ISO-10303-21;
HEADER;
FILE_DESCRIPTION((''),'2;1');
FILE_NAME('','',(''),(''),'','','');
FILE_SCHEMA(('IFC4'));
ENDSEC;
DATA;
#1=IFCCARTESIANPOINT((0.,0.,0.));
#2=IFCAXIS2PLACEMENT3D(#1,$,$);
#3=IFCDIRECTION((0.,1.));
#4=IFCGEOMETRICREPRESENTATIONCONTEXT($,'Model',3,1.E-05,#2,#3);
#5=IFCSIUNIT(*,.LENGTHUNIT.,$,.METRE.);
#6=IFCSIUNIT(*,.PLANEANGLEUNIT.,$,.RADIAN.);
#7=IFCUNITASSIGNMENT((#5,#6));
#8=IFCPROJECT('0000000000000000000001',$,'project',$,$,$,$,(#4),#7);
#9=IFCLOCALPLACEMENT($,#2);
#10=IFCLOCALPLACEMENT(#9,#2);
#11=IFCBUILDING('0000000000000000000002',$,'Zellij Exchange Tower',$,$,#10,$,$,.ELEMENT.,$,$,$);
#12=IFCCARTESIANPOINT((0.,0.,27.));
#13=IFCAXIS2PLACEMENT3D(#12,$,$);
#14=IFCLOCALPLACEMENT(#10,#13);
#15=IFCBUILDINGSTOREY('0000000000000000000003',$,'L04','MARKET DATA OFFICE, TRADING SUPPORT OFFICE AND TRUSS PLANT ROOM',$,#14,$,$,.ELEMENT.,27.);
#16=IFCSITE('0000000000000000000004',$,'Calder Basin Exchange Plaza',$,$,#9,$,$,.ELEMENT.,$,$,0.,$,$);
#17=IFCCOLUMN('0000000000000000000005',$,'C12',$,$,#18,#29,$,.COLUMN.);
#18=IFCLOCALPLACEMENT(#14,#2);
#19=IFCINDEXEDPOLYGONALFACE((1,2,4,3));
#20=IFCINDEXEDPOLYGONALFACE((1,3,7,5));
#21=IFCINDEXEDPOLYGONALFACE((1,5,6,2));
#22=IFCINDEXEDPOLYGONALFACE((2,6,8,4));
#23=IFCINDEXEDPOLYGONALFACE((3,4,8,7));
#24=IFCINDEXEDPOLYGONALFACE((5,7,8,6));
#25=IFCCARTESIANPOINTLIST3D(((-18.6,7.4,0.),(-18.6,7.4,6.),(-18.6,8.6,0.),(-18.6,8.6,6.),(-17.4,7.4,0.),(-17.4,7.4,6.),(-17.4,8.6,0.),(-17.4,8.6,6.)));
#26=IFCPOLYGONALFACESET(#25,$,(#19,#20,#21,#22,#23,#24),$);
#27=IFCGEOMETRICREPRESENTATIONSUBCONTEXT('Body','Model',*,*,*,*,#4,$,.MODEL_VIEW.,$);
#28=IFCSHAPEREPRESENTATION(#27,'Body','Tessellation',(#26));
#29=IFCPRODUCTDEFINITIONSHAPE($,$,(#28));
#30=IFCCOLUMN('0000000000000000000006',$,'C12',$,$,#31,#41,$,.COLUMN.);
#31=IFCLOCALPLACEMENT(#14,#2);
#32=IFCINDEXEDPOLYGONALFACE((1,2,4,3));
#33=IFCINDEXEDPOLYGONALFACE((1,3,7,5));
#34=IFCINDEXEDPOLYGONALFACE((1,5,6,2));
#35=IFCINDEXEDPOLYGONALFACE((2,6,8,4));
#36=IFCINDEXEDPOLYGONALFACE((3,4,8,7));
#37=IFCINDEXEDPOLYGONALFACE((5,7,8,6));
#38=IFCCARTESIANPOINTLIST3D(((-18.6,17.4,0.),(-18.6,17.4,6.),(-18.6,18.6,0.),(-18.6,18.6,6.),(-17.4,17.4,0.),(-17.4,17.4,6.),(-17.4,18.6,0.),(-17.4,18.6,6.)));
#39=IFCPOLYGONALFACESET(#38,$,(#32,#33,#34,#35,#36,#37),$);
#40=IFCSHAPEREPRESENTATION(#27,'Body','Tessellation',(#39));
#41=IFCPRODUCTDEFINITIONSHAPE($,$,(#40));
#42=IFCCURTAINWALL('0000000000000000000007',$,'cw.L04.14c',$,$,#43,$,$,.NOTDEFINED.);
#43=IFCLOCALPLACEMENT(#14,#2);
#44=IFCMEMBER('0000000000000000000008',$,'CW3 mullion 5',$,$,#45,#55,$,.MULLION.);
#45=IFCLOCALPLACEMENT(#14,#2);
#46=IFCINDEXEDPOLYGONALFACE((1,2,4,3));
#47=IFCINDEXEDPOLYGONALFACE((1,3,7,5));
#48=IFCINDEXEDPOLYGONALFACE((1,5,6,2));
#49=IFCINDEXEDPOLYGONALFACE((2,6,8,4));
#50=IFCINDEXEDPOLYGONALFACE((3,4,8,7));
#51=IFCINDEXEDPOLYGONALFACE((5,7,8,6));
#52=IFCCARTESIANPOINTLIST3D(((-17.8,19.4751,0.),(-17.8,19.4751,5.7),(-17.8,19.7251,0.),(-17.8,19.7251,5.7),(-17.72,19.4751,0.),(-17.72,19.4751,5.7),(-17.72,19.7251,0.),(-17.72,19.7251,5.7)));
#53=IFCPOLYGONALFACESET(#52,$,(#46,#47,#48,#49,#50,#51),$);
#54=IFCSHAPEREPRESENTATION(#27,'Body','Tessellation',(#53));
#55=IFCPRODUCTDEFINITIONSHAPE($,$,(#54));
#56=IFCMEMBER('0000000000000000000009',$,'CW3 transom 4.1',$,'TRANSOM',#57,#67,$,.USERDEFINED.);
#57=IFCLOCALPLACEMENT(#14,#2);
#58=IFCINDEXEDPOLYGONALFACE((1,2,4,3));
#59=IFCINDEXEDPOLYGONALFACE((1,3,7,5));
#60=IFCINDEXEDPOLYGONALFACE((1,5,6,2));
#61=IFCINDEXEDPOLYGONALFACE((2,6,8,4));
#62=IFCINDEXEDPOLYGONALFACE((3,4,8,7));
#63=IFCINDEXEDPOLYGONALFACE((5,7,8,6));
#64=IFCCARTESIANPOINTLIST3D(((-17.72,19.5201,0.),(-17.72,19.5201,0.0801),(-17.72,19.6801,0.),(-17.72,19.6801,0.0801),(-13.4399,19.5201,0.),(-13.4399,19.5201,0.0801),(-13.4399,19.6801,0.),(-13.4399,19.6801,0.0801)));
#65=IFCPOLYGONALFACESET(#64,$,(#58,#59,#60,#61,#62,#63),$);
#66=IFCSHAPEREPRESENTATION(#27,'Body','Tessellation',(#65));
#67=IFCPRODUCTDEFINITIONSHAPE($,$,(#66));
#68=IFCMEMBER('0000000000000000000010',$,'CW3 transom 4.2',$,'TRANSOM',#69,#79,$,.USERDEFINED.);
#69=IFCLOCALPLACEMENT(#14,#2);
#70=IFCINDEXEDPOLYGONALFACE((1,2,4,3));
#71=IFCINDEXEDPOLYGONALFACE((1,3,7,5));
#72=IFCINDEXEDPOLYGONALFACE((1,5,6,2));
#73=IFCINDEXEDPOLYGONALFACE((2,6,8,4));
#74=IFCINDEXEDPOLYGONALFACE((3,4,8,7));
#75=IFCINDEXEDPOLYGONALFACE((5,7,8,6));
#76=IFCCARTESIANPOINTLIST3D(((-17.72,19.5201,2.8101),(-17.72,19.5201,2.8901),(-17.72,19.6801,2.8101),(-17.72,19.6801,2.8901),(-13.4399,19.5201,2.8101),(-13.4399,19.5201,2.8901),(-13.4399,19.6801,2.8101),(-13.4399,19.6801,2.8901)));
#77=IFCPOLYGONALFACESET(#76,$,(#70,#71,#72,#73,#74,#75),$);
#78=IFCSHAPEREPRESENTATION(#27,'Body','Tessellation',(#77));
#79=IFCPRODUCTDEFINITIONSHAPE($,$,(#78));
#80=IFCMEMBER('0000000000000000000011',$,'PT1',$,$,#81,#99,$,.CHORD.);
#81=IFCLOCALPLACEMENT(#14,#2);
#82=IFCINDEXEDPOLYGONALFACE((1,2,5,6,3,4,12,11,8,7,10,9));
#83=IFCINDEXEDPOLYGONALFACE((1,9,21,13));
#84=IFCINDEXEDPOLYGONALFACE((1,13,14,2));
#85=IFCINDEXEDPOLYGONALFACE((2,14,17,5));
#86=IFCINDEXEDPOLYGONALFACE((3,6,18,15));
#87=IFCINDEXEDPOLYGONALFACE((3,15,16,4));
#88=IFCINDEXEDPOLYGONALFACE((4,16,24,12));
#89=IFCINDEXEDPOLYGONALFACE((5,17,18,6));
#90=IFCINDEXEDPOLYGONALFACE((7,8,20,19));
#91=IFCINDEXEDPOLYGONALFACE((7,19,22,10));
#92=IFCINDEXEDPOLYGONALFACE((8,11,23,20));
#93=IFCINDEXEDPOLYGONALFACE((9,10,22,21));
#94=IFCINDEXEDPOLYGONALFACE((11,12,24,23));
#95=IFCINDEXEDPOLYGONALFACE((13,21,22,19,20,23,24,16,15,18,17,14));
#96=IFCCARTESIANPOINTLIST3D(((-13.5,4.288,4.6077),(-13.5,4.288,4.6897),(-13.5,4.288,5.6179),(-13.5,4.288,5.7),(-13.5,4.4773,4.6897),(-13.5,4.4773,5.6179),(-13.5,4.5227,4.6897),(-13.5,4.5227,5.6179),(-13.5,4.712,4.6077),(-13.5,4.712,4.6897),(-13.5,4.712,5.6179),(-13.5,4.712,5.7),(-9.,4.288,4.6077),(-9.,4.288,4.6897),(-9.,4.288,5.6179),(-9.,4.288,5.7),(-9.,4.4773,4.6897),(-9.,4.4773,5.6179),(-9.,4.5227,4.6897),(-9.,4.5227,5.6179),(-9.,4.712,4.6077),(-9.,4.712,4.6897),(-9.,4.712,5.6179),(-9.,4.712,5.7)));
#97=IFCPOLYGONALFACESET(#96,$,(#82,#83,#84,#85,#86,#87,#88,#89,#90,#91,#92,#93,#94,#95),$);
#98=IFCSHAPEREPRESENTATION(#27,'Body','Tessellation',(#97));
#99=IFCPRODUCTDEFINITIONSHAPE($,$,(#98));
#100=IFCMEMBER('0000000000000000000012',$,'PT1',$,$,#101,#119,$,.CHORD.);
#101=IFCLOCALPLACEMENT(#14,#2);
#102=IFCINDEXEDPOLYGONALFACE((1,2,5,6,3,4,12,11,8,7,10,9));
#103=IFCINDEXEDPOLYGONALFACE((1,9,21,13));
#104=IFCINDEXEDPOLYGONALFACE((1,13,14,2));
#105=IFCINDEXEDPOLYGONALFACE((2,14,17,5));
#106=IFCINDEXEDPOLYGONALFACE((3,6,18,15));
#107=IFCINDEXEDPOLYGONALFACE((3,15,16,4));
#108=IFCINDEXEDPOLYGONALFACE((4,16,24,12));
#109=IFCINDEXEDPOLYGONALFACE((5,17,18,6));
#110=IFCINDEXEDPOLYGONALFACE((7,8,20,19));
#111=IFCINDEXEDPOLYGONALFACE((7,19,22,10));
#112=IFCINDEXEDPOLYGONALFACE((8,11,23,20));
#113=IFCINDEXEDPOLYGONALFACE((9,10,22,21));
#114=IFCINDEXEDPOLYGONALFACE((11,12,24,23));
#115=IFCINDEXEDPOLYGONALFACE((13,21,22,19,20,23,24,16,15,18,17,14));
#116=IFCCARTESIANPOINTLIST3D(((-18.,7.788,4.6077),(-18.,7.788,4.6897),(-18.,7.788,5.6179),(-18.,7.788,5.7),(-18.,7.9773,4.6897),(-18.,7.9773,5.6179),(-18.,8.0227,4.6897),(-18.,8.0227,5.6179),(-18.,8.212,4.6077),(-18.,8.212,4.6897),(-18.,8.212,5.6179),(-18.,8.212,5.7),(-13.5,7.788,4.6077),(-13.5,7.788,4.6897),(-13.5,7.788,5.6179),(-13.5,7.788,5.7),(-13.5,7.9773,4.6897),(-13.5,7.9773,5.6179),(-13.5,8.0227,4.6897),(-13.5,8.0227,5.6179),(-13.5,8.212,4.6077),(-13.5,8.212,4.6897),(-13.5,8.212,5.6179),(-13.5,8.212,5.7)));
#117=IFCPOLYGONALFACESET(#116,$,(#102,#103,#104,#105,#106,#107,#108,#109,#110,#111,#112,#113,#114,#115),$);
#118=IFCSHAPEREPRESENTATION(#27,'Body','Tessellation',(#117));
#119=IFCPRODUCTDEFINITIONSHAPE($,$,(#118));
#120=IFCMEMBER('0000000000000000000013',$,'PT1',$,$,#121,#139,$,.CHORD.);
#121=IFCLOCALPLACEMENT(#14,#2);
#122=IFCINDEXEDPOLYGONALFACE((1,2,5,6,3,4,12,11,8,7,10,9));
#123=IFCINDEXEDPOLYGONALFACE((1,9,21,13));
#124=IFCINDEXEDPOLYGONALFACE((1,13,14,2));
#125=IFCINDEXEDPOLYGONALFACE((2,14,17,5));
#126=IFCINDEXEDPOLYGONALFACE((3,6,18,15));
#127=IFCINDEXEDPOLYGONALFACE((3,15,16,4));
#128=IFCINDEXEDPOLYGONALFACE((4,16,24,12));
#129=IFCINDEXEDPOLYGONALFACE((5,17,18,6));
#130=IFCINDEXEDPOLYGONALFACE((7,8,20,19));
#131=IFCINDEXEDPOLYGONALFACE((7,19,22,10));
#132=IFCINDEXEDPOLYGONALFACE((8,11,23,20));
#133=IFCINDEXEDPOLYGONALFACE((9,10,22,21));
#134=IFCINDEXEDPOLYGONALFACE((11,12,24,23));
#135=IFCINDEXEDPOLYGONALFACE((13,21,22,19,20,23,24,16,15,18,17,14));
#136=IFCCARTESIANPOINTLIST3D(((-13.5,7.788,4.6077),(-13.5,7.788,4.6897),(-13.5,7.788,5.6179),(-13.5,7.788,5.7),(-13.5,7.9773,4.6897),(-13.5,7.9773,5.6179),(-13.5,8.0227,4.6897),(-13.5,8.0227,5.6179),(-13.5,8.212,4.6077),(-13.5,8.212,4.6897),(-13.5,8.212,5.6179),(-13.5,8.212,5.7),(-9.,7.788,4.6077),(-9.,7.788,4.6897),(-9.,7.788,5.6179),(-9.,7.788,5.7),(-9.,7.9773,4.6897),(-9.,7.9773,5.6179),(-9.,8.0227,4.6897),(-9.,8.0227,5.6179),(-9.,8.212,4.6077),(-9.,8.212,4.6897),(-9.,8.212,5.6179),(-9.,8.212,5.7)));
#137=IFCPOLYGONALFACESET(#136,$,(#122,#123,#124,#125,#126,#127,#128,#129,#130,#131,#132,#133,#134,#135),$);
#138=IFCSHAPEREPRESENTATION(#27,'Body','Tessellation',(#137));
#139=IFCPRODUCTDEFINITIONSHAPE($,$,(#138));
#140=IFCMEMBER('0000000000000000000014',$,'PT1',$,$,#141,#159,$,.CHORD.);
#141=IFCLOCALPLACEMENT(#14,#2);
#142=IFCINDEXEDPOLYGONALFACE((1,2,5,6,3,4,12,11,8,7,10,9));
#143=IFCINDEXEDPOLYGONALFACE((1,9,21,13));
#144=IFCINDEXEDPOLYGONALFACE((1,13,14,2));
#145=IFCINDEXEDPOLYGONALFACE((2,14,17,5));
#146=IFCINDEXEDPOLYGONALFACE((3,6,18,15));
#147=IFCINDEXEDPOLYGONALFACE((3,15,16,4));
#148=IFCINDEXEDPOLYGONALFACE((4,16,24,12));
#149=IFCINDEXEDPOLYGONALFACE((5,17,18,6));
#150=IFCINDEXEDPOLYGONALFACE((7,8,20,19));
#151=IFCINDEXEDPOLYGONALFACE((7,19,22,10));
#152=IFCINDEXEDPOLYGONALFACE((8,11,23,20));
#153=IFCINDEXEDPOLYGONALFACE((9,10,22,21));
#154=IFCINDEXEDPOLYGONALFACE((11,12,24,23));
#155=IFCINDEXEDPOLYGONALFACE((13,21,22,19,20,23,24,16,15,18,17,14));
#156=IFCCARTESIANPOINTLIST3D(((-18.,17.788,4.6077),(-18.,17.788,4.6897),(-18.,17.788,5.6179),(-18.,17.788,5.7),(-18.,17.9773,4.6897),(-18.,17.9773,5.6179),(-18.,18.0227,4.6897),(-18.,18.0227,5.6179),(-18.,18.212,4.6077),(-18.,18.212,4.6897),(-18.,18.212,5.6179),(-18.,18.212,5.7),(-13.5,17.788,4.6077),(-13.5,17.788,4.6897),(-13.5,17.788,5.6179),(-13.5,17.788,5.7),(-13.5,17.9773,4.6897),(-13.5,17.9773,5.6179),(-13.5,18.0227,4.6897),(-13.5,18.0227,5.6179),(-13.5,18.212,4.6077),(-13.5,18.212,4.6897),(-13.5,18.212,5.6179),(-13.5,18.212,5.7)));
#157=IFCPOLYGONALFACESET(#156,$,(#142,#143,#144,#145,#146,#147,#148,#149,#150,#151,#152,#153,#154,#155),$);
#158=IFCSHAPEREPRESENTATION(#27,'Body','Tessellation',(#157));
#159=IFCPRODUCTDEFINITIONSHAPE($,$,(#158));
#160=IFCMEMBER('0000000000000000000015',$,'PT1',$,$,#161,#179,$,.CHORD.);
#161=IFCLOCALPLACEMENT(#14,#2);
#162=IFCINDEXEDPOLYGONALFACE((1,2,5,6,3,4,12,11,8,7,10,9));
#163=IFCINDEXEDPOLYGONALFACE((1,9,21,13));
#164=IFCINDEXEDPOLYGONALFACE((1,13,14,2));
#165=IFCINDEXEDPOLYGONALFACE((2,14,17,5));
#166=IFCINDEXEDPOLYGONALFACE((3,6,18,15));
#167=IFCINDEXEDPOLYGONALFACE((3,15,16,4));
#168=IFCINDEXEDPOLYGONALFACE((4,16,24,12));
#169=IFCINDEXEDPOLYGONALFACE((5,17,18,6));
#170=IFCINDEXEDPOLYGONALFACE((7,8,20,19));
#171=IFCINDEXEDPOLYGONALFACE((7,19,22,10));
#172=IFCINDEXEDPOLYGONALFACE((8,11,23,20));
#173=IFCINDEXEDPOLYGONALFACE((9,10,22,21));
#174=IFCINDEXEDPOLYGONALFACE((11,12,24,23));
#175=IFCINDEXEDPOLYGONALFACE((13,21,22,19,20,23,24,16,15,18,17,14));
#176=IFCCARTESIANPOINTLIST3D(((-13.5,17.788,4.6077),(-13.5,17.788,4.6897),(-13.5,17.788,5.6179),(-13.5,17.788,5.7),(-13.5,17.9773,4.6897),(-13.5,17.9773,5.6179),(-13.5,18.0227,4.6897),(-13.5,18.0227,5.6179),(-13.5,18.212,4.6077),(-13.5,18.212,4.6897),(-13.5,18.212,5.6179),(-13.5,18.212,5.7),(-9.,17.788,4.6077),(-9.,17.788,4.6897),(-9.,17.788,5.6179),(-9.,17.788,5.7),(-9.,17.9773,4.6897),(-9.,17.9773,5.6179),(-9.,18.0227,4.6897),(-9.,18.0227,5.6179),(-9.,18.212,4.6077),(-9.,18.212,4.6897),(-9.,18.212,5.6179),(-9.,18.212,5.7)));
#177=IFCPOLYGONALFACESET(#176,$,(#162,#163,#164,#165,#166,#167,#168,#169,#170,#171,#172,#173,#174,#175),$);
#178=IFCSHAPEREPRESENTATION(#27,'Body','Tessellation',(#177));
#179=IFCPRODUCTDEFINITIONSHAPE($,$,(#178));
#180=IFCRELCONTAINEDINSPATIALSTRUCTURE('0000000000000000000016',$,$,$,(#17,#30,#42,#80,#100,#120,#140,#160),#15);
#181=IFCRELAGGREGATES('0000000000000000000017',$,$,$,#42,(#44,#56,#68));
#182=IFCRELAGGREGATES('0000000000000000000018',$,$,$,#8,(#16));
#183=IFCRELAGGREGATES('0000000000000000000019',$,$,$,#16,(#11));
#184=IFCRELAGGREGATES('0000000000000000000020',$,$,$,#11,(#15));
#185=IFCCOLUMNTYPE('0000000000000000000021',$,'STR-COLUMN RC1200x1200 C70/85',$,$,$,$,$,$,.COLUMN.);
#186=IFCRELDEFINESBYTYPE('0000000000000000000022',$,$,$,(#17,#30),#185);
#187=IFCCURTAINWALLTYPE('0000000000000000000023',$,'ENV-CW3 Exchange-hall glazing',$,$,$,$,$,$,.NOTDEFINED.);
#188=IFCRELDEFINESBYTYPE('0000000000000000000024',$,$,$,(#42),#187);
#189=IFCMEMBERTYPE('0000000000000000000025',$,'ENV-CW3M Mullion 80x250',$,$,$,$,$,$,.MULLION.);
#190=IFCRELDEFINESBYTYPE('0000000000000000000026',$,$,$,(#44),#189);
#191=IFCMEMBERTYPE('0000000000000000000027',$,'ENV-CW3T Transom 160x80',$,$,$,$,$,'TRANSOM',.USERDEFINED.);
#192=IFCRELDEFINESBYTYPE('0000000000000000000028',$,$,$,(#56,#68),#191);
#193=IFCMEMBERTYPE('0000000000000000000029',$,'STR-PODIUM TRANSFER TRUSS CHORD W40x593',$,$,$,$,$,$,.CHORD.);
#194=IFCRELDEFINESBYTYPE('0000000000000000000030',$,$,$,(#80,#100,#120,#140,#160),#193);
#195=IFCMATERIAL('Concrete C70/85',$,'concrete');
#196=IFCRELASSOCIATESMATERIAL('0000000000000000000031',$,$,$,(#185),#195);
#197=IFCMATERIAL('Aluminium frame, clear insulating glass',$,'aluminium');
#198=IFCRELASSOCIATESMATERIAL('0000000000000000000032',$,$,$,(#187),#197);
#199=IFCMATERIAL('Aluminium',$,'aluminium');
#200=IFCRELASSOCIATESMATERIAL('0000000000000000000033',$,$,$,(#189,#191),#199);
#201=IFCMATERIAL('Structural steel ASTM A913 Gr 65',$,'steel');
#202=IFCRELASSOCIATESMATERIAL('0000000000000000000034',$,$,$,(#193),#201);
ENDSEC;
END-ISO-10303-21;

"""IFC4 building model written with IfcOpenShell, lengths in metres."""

from ifc_helpers import new_model, si_unit, direction, frame, origin, origin_2d, place, context, subcontext, project, spatial, rectangle, i_section, extrude, material, material_profile, profile_set, type_object, element, aggregate, save


model = new_model("IFC4")

# Units and contexts
model_context = context("Model", 3, precision=1e-05, world=origin(), true_north=direction((0.0, 1.0)))
body_context = subcontext(model_context, "Body", "Model", "MODEL_VIEW")
ifc_project = project(units=[si_unit("LENGTHUNIT", "METRE"), si_unit("PLANEANGLEUNIT", "RADIAN")], contexts=[model_context])

# Site, building, storey
site_placement = place(None, origin())
site = spatial("IfcSite", under=ifc_project, at=site_placement, Name="Calder Basin Exchange Plaza", CompositionType="ELEMENT", RefElevation=0.0)
building_placement = place(site_placement, origin())
building = spatial("IfcBuilding", under=site, at=building_placement, Name="Zellij Exchange Tower", CompositionType="ELEMENT")
storey_placement = place(building_placement, frame((0.0, 0.0, 27.0)))
storey = spatial("IfcBuildingStorey", under=building, at=storey_placement, Name="L04", Description="MARKET DATA OFFICE, TRADING SUPPORT OFFICE AND TRUSS PLANT ROOM", CompositionType="ELEMENT", Elevation=27.0)

# Columns
ifc_material_1 = material(Name="Concrete C70/85", Category="concrete")
ifc_material_profile_1 = material_profile(ifc_material_1, rectangle(XDim=1.2, YDim=1.2, at=origin_2d()), Name="STR-COLUMN RC1200x1200 C70/85")
ifc_profile_set_1 = profile_set([ifc_material_profile_1], Name="Concrete C70/85")
column_type = type_object("IfcColumnType", Name="STR-COLUMN RC1200x1200 C70/85", PredefinedType="COLUMN", material=ifc_profile_set_1)
for number, where, z_axis, x_axis, name in (
    (1, (-18.0, 8.0, 0.0), (0.0, 0.0, 1.0), (1.0, 0.0, 0.0), "C12"),
    (2, (-18.0, 18.0, 0.0), (0.0, 0.0, 1.0), (1.0, 0.0, 0.0), "C12"),
):
    element("IfcColumn", number, at=place(storey_placement, frame(where, z_axis=z_axis, x_axis=x_axis)), inside=storey, type_object=column_type, Name=name, PredefinedType="COLUMN", context=body_context, shape_type="SweptSolid", body=[
        extrude(rectangle(XDim=1.2, YDim=1.2, at=origin_2d()), origin(), (0.0, 0.0, 1.0), 6.0),
    ])

# Curtain wall, members
ifc_material_2 = material(Name="Aluminium frame, clear insulating glass", Category="aluminium")
curtain_wall_type = type_object("IfcCurtainWallType", Name="ENV-CW3 Exchange-hall glazing", PredefinedType="NOTDEFINED", material=ifc_material_2)
curtain_wall_placement = place(storey_placement, origin())
curtain_wall = element("IfcCurtainWall", 3, at=curtain_wall_placement, inside=storey, type_object=curtain_wall_type, Name="cw.L04.14c", PredefinedType="NOTDEFINED")
ifc_material_3 = material(Name="Aluminium", Category="aluminium")
ifc_material_profile_2 = material_profile(ifc_material_3, rectangle(XDim=0.0801, YDim=0.25, at=origin_2d()), Name="AL 80x250")
ifc_profile_set_2 = profile_set([ifc_material_profile_2], Name="Aluminium")
member_type_1 = type_object("IfcMemberType", Name="ENV-CW3M Mullion 80x250", PredefinedType="MULLION", material=ifc_profile_set_2)
member_1_placement = place(storey_placement, frame((-17.76, 19.6001, 0.0), z_axis=(0.0, 0.0, 1.0), x_axis=(-1.0, 0.0, 0.0)))
member_1 = element("IfcMember", 4, at=member_1_placement, type_object=member_type_1, Name="CW3 mullion 5", PredefinedType="MULLION", context=body_context, shape_type="SweptSolid", body=[
    extrude(rectangle(XDim=0.0801, YDim=0.25, at=origin_2d()), origin(), (0.0, 0.0, 1.0), 5.7),
])
ifc_material_profile_3 = material_profile(ifc_material_3, rectangle(XDim=0.1599, YDim=0.0801, at=origin_2d()), Name="AL 160x80")
ifc_profile_set_3 = profile_set([ifc_material_profile_3], Name="Aluminium")
member_type_2 = type_object("IfcMemberType", Name="ENV-CW3T Transom 160x80", ElementType="TRANSOM", PredefinedType="USERDEFINED", material=ifc_profile_set_3)
member_2_placement = place(storey_placement, frame((-13.4399, 19.6001, 0.04), z_axis=(-1.0, 0.0, 0.0), x_axis=(0.0, -1.0, 0.0)))
member_2 = element("IfcMember", 5, at=member_2_placement, type_object=member_type_2, Name="CW3 transom 4.1", ObjectType="TRANSOM", PredefinedType="USERDEFINED", context=body_context, shape_type="SweptSolid", body=[
    extrude(rectangle(XDim=0.1599, YDim=0.0801, at=origin_2d()), origin(), (0.0, 0.0, 1.0), 4.28),
])
member_3_placement = place(storey_placement, frame((-13.4399, 19.6001, 2.8501), z_axis=(-1.0, 0.0, 0.0), x_axis=(0.0, -1.0, 0.0)))
member_3 = element("IfcMember", 6, at=member_3_placement, type_object=member_type_2, Name="CW3 transom 4.2", ObjectType="TRANSOM", PredefinedType="USERDEFINED", context=body_context, shape_type="SweptSolid", body=[
    extrude(rectangle(XDim=0.1599, YDim=0.0801, at=origin_2d()), origin(), (0.0, 0.0, 1.0), 4.28),
])

# Members
ifc_material_4 = material(Name="Structural steel ASTM A913 Gr 65", Category="steel")
ifc_material_profile_4 = material_profile(ifc_material_4, i_section(OverallWidth=0.4241, OverallDepth=1.0923, WebThickness=0.0454, FlangeThickness=0.082, at=origin_2d()), Name="W40x593")
ifc_profile_set_4 = profile_set([ifc_material_profile_4], Name="Structural steel ASTM A913 Gr 65")
member_type_3 = type_object("IfcMemberType", Name="STR-PODIUM TRANSFER TRUSS CHORD W40x593", PredefinedType="CHORD", material=ifc_profile_set_4)
for number, where, z_axis, x_axis, name in (
    (7, (-13.5, 4.5, 5.1538), (1.0, 0.0, 0.0), (0.0, 1.0, 0.0), "PT1"),
    (8, (-18.0, 8.0, 5.1538), (1.0, 0.0, 0.0), (0.0, 1.0, 0.0), "PT1"),
    (9, (-13.5, 8.0, 5.1538), (1.0, 0.0, 0.0), (0.0, 1.0, 0.0), "PT1"),
    (10, (-18.0, 18.0, 5.1538), (1.0, 0.0, 0.0), (0.0, 1.0, 0.0), "PT1"),
    (11, (-13.5, 18.0, 5.1538), (1.0, 0.0, 0.0), (0.0, 1.0, 0.0), "PT1"),
):
    element("IfcMember", number, at=place(storey_placement, frame(where, z_axis=z_axis, x_axis=x_axis)), inside=storey, type_object=member_type_3, Name=name, PredefinedType="CHORD", context=body_context, shape_type="SweptSolid", body=[
        extrude(i_section(OverallWidth=0.4241, OverallDepth=1.0923, WebThickness=0.0454, FlangeThickness=0.082, at=origin_2d()), origin(), (0.0, 0.0, 1.0), 4.5),
    ])

aggregate(curtain_wall, [member_1, member_2, member_3])

save(model, "model.ifc")
